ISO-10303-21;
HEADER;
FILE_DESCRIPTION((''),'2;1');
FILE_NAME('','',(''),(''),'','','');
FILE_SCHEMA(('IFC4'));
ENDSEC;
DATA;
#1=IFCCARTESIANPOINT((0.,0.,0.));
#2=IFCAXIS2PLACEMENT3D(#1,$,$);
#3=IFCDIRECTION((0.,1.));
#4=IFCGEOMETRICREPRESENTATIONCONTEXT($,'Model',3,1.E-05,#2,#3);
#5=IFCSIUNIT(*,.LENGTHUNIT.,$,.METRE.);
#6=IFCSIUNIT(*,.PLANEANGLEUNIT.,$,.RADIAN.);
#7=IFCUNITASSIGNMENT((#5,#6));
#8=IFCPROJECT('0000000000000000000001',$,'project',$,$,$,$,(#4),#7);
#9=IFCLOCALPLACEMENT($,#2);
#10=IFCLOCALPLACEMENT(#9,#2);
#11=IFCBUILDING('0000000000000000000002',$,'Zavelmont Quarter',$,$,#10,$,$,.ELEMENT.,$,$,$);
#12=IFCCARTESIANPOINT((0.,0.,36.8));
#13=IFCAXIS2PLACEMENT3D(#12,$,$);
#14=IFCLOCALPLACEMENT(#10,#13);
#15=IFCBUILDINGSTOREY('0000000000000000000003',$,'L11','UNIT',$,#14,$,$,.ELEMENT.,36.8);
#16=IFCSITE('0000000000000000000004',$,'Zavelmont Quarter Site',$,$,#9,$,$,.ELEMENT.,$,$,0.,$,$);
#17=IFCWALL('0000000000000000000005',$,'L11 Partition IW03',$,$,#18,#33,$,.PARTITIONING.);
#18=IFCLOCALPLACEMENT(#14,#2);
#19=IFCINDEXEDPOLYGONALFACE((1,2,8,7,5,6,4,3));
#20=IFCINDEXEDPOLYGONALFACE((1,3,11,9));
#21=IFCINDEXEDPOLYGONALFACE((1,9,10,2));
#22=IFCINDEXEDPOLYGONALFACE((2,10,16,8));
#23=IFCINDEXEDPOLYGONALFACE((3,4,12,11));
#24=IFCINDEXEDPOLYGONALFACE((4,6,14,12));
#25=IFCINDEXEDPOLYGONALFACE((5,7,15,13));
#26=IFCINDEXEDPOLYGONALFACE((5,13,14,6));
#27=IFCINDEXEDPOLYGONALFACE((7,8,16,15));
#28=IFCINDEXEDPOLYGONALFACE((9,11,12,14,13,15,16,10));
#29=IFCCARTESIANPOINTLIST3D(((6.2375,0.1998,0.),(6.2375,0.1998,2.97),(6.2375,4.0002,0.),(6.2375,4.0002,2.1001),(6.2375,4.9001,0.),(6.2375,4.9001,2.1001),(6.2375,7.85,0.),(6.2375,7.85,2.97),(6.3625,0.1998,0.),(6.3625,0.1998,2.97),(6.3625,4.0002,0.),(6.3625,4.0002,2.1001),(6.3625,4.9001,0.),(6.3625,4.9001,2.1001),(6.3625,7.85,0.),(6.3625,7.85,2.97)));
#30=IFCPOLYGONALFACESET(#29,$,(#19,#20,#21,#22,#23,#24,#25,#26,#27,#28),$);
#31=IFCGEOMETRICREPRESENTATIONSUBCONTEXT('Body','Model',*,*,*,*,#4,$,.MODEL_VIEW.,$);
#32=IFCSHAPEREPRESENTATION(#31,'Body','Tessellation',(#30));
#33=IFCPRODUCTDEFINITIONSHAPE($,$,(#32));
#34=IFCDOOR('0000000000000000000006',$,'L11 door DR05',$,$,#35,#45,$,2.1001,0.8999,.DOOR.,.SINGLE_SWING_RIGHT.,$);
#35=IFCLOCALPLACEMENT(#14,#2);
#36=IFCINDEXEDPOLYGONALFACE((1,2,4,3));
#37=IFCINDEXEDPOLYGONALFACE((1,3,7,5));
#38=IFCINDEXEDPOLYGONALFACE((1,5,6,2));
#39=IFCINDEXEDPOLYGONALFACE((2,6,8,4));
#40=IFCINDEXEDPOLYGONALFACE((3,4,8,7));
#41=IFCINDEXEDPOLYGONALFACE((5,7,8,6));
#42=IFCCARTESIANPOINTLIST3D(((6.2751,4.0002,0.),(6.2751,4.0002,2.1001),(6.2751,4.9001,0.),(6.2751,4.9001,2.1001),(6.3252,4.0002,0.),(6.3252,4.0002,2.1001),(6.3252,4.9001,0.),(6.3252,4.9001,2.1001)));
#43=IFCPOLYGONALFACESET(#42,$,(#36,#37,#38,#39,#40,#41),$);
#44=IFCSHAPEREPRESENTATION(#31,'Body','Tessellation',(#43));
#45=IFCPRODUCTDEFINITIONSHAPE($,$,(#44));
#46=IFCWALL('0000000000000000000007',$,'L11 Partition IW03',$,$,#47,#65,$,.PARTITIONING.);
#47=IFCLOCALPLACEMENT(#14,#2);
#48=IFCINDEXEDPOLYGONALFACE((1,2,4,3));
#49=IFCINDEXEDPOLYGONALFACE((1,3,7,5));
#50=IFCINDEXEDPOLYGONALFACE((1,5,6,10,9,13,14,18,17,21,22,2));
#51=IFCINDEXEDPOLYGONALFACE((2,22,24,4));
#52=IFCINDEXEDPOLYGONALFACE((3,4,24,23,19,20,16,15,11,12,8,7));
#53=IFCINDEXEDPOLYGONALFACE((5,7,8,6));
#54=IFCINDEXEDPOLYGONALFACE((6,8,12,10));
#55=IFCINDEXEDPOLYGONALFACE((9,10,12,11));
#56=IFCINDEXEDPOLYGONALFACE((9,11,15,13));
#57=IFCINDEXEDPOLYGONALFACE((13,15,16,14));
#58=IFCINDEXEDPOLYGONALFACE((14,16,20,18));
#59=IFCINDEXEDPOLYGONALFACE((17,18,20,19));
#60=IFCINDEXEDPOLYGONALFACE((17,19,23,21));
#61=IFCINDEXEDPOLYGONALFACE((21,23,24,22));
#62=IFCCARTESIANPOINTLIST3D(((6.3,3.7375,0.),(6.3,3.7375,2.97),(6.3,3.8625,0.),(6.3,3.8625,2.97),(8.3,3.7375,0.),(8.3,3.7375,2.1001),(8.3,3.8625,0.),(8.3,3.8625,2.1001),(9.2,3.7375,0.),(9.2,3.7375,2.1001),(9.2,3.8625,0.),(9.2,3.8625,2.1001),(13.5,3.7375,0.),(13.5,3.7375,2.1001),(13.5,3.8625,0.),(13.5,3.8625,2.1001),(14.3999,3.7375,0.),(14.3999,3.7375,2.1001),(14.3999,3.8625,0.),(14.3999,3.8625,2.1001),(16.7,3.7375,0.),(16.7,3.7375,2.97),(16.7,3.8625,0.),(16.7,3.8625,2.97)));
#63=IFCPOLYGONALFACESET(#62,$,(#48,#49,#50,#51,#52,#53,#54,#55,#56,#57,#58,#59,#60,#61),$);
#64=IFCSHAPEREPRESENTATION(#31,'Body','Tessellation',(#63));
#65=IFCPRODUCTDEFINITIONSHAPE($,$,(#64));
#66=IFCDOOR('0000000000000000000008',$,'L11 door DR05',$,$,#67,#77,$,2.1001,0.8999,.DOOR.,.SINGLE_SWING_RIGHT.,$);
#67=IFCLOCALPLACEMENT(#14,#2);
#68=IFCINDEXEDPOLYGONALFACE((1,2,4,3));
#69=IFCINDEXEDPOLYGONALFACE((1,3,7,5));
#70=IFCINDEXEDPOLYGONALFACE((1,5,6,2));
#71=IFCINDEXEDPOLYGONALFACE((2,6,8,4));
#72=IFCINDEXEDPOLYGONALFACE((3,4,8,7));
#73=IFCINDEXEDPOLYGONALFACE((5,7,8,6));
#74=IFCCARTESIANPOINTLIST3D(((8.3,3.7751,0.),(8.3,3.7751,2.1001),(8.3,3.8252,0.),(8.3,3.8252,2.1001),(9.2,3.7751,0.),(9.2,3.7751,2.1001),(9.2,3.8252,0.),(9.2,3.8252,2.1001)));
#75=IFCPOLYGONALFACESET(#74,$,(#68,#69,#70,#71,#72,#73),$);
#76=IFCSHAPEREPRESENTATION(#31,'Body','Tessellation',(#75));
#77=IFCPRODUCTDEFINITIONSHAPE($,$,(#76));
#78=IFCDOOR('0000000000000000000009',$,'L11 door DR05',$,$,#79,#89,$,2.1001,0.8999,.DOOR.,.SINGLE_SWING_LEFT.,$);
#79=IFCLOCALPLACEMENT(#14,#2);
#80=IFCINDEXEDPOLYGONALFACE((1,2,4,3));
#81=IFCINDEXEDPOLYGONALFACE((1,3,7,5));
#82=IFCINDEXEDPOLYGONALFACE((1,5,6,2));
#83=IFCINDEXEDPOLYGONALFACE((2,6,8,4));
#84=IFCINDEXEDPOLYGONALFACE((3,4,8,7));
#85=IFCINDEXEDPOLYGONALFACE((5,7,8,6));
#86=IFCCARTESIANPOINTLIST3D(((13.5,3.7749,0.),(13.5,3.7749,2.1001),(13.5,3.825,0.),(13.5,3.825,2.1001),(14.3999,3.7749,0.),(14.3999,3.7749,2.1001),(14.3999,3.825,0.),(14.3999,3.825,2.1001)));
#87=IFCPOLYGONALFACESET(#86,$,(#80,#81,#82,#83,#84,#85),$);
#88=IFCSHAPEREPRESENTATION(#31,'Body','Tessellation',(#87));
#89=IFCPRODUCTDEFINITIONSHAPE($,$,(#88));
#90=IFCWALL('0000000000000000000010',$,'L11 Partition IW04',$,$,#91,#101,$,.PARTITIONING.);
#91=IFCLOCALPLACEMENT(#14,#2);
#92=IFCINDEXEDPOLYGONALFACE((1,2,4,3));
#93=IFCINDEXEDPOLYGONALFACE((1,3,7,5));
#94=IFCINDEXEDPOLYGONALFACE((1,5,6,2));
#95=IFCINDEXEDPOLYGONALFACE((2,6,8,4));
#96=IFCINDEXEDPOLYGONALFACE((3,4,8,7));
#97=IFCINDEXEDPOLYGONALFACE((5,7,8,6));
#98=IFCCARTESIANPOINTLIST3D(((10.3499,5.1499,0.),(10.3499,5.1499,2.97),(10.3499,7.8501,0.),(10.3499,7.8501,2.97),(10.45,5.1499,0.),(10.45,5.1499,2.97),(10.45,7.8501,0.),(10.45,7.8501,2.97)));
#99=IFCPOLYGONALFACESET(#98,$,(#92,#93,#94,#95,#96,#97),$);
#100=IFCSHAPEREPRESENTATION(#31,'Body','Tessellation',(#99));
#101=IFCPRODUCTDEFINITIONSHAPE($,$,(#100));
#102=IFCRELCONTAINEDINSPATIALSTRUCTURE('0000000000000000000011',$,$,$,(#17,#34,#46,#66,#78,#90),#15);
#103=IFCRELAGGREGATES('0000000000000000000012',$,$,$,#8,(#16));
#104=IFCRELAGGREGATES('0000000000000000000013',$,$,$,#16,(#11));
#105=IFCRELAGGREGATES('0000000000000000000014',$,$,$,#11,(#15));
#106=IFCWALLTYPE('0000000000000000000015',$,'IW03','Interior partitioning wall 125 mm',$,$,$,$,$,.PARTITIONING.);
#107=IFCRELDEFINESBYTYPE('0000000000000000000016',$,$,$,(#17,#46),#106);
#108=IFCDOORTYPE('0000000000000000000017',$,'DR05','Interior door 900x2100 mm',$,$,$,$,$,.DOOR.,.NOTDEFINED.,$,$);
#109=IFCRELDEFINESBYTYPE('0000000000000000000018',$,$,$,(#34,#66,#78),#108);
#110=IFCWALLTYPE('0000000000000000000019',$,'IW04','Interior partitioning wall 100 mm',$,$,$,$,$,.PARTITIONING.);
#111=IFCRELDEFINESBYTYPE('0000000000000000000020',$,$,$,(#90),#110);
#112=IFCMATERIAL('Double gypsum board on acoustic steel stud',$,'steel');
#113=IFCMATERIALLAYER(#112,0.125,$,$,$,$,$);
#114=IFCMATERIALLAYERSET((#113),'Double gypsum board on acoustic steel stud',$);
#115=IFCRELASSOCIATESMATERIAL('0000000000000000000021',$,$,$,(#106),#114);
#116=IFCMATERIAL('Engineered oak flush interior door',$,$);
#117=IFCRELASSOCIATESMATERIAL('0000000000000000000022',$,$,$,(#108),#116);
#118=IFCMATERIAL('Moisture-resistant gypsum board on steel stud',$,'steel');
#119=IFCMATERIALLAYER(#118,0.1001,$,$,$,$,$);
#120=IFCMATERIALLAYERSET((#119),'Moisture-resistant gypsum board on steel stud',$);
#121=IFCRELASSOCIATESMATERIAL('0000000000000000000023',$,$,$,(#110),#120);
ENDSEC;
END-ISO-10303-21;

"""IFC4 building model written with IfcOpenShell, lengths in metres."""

from ifc_helpers import new_model, si_unit, direction, frame, frame_2d, origin, origin_with_axes, place, context, subcontext, project, spatial, rectangle, extrude, material, layer, layer_set, type_object, element, fill, save


model = new_model("IFC4")

# Units and contexts
model_context = context("Model", 3, precision=1e-05, world=origin(), true_north=direction((0.0, 1.0)))
body_context = subcontext(model_context, "Body", "Model", "MODEL_VIEW")
ifc_project = project(units=[si_unit("LENGTHUNIT", "METRE"), si_unit("PLANEANGLEUNIT", "RADIAN")], contexts=[model_context])

# Site, building, storey
site_placement = place(None, origin())
site = spatial("IfcSite", under=ifc_project, at=site_placement, Name="Zavelmont Quarter Site", CompositionType="ELEMENT", RefElevation=0.0)
building_placement = place(site_placement, origin())
building = spatial("IfcBuilding", under=site, at=building_placement, Name="Zavelmont Quarter", CompositionType="ELEMENT")
storey_placement = place(building_placement, frame((0.0, 0.0, 36.8)))
storey = spatial("IfcBuildingStorey", under=building, at=storey_placement, Name="L11", Description="UNIT", CompositionType="ELEMENT", Elevation=36.8)

# Wall, opening, door
ifc_material_1 = material(Name="Double gypsum board on acoustic steel stud", Category="steel")
ifc_layer_1 = layer(ifc_material_1, 0.125)
ifc_layer_set_1 = layer_set([ifc_layer_1], Name="Double gypsum board on acoustic steel stud")
wall_type_1 = type_object("IfcWallType", Name="IW03", Description="Interior partitioning wall 125 mm", PredefinedType="PARTITIONING", material=ifc_layer_set_1)
wall_1_placement = place(storey_placement, frame((6.3, 7.8501, 0.0), z_axis=(0.0, 0.0, 1.0), x_axis=(0.0, -1.0, 0.0)))
wall_1 = element("IfcWall", 1, at=wall_1_placement, inside=storey, type_object=wall_type_1, Name="L11 Partition IW03", PredefinedType="PARTITIONING", context=body_context, shape_type="SweptSolid", body=[
    extrude(rectangle(XDim=7.6501, YDim=0.125, at=frame_2d((3.8252, 0.0))), origin(), (0.0, 0.0, 1.0), 2.97),
])
opening_1_placement = place(wall_1_placement, frame((2.95, 0.0, 0.0)))
opening_1 = element("IfcOpeningElement", 2, at=opening_1_placement, cuts=wall_1, PredefinedType="OPENING", context=body_context, shape_type="SweptSolid", body=[
    extrude(rectangle(XDim=0.8999, YDim=2.1001, at=frame_2d((0.45, 1.05))), frame((0.0, 0.0745, 0.0), z_axis=(0.0, -1.0, 0.0), x_axis=(1.0, 0.0, 0.0)), (0.0, 0.0, 1.0), 0.1489),
])
ifc_material_2 = material(Name="Engineered oak flush interior door")
door_type_1 = type_object("IfcDoorType", Name="DR05", Description="Interior door 900x2100 mm", OperationType="NOTDEFINED", PredefinedType="DOOR", material=ifc_material_2)
door_1_placement = place(opening_1_placement, frame((0.8999, 0.0, 0.0), z_axis=(0.0, 0.0, 1.0), x_axis=(-1.0, 0.0, 0.0)))
door_1 = element("IfcDoor", 3, at=door_1_placement, inside=storey, type_object=door_type_1, Name="L11 door DR05", OperationType="SINGLE_SWING_RIGHT", OverallHeight=2.1001, OverallWidth=0.8999, PredefinedType="DOOR", context=body_context, shape_type="SweptSolid", body=[
    extrude(rectangle(XDim=0.8999, YDim=2.1001, at=frame_2d((0.45, 1.05))), frame((0.0, 0.0249, 0.0), z_axis=(0.0, -1.0, 0.0), x_axis=(1.0, 0.0, 0.0)), (0.0, 0.0, 1.0), 0.05),
])
fill(opening_1, door_1)

# Wall, openings, doors
wall_2_placement = place(storey_placement, frame((6.3, 3.8, 0.0), z_axis=(0.0, 0.0, 1.0), x_axis=(1.0, 0.0, 0.0)))
wall_2 = element("IfcWall", 4, at=wall_2_placement, inside=storey, type_object=wall_type_1, Name="L11 Partition IW03", PredefinedType="PARTITIONING", context=body_context, shape_type="SweptSolid", body=[
    extrude(rectangle(XDim=10.3999, YDim=0.125, at=frame_2d((5.2, 0.0))), origin(), (0.0, 0.0, 1.0), 2.97),
])
opening_2_placement = place(wall_2_placement, frame((2.0, 0.0, 0.0)))
opening_2 = element("IfcOpeningElement", 5, at=opening_2_placement, cuts=wall_2, PredefinedType="OPENING", context=body_context, shape_type="SweptSolid", body=[
    extrude(rectangle(XDim=0.8999, YDim=2.1001, at=frame_2d((0.45, 1.05))), frame((0.0, 0.0745, 0.0), z_axis=(0.0, -1.0, 0.0), x_axis=(1.0, 0.0, 0.0)), (0.0, 0.0, 1.0), 0.1489),
])
opening_3_placement = place(wall_2_placement, frame((7.2, 0.0, 0.0)))
opening_3 = element("IfcOpeningElement", 6, at=opening_3_placement, cuts=wall_2, PredefinedType="OPENING", context=body_context, shape_type="SweptSolid", body=[
    extrude(rectangle(XDim=0.8999, YDim=2.1001, at=frame_2d((0.45, 1.05))), frame((0.0, 0.0745, 0.0), z_axis=(0.0, -1.0, 0.0), x_axis=(1.0, 0.0, 0.0)), (0.0, 0.0, 1.0), 0.1489),
])
door_2_placement = place(opening_2_placement, frame((0.8999, 0.0, 0.0), z_axis=(0.0, 0.0, 1.0), x_axis=(-1.0, 0.0, 0.0)))
door_2 = element("IfcDoor", 7, at=door_2_placement, inside=storey, type_object=door_type_1, Name="L11 door DR05", OperationType="SINGLE_SWING_RIGHT", OverallHeight=2.1001, OverallWidth=0.8999, PredefinedType="DOOR", context=body_context, shape_type="SweptSolid", body=[
    extrude(rectangle(XDim=0.8999, YDim=2.1001, at=frame_2d((0.45, 1.05))), frame((0.0, 0.0249, 0.0), z_axis=(0.0, -1.0, 0.0), x_axis=(1.0, 0.0, 0.0)), (0.0, 0.0, 1.0), 0.05),
])
fill(opening_2, door_2)
door_3_placement = place(opening_3_placement, origin_with_axes())
door_3 = element("IfcDoor", 8, at=door_3_placement, inside=storey, type_object=door_type_1, Name="L11 door DR05", OperationType="SINGLE_SWING_LEFT", OverallHeight=2.1001, OverallWidth=0.8999, PredefinedType="DOOR", context=body_context, shape_type="SweptSolid", body=[
    extrude(rectangle(XDim=0.8999, YDim=2.1001, at=frame_2d((0.45, 1.05))), frame((0.0, 0.0249, 0.0), z_axis=(0.0, -1.0, 0.0), x_axis=(1.0, 0.0, 0.0)), (0.0, 0.0, 1.0), 0.05),
])
fill(opening_3, door_3)

# Wall
ifc_material_3 = material(Name="Moisture-resistant gypsum board on steel stud", Category="steel")
ifc_layer_2 = layer(ifc_material_3, 0.1001)
ifc_layer_set_2 = layer_set([ifc_layer_2], Name="Moisture-resistant gypsum board on steel stud")
wall_type_2 = type_object("IfcWallType", Name="IW04", Description="Interior partitioning wall 100 mm", PredefinedType="PARTITIONING", material=ifc_layer_set_2)
wall_3_placement = place(storey_placement, frame((10.3999, 7.8501, 0.0), z_axis=(0.0, 0.0, 1.0), x_axis=(0.0, -1.0, 0.0)))
element("IfcWall", 9, at=wall_3_placement, inside=storey, type_object=wall_type_2, Name="L11 Partition IW04", PredefinedType="PARTITIONING", context=body_context, shape_type="SweptSolid", body=[
    extrude(rectangle(XDim=2.7002, YDim=0.1001, at=frame_2d((1.3501, 0.0))), origin(), (0.0, 0.0, 1.0), 2.97),
])

save(model, "model.ifc")
